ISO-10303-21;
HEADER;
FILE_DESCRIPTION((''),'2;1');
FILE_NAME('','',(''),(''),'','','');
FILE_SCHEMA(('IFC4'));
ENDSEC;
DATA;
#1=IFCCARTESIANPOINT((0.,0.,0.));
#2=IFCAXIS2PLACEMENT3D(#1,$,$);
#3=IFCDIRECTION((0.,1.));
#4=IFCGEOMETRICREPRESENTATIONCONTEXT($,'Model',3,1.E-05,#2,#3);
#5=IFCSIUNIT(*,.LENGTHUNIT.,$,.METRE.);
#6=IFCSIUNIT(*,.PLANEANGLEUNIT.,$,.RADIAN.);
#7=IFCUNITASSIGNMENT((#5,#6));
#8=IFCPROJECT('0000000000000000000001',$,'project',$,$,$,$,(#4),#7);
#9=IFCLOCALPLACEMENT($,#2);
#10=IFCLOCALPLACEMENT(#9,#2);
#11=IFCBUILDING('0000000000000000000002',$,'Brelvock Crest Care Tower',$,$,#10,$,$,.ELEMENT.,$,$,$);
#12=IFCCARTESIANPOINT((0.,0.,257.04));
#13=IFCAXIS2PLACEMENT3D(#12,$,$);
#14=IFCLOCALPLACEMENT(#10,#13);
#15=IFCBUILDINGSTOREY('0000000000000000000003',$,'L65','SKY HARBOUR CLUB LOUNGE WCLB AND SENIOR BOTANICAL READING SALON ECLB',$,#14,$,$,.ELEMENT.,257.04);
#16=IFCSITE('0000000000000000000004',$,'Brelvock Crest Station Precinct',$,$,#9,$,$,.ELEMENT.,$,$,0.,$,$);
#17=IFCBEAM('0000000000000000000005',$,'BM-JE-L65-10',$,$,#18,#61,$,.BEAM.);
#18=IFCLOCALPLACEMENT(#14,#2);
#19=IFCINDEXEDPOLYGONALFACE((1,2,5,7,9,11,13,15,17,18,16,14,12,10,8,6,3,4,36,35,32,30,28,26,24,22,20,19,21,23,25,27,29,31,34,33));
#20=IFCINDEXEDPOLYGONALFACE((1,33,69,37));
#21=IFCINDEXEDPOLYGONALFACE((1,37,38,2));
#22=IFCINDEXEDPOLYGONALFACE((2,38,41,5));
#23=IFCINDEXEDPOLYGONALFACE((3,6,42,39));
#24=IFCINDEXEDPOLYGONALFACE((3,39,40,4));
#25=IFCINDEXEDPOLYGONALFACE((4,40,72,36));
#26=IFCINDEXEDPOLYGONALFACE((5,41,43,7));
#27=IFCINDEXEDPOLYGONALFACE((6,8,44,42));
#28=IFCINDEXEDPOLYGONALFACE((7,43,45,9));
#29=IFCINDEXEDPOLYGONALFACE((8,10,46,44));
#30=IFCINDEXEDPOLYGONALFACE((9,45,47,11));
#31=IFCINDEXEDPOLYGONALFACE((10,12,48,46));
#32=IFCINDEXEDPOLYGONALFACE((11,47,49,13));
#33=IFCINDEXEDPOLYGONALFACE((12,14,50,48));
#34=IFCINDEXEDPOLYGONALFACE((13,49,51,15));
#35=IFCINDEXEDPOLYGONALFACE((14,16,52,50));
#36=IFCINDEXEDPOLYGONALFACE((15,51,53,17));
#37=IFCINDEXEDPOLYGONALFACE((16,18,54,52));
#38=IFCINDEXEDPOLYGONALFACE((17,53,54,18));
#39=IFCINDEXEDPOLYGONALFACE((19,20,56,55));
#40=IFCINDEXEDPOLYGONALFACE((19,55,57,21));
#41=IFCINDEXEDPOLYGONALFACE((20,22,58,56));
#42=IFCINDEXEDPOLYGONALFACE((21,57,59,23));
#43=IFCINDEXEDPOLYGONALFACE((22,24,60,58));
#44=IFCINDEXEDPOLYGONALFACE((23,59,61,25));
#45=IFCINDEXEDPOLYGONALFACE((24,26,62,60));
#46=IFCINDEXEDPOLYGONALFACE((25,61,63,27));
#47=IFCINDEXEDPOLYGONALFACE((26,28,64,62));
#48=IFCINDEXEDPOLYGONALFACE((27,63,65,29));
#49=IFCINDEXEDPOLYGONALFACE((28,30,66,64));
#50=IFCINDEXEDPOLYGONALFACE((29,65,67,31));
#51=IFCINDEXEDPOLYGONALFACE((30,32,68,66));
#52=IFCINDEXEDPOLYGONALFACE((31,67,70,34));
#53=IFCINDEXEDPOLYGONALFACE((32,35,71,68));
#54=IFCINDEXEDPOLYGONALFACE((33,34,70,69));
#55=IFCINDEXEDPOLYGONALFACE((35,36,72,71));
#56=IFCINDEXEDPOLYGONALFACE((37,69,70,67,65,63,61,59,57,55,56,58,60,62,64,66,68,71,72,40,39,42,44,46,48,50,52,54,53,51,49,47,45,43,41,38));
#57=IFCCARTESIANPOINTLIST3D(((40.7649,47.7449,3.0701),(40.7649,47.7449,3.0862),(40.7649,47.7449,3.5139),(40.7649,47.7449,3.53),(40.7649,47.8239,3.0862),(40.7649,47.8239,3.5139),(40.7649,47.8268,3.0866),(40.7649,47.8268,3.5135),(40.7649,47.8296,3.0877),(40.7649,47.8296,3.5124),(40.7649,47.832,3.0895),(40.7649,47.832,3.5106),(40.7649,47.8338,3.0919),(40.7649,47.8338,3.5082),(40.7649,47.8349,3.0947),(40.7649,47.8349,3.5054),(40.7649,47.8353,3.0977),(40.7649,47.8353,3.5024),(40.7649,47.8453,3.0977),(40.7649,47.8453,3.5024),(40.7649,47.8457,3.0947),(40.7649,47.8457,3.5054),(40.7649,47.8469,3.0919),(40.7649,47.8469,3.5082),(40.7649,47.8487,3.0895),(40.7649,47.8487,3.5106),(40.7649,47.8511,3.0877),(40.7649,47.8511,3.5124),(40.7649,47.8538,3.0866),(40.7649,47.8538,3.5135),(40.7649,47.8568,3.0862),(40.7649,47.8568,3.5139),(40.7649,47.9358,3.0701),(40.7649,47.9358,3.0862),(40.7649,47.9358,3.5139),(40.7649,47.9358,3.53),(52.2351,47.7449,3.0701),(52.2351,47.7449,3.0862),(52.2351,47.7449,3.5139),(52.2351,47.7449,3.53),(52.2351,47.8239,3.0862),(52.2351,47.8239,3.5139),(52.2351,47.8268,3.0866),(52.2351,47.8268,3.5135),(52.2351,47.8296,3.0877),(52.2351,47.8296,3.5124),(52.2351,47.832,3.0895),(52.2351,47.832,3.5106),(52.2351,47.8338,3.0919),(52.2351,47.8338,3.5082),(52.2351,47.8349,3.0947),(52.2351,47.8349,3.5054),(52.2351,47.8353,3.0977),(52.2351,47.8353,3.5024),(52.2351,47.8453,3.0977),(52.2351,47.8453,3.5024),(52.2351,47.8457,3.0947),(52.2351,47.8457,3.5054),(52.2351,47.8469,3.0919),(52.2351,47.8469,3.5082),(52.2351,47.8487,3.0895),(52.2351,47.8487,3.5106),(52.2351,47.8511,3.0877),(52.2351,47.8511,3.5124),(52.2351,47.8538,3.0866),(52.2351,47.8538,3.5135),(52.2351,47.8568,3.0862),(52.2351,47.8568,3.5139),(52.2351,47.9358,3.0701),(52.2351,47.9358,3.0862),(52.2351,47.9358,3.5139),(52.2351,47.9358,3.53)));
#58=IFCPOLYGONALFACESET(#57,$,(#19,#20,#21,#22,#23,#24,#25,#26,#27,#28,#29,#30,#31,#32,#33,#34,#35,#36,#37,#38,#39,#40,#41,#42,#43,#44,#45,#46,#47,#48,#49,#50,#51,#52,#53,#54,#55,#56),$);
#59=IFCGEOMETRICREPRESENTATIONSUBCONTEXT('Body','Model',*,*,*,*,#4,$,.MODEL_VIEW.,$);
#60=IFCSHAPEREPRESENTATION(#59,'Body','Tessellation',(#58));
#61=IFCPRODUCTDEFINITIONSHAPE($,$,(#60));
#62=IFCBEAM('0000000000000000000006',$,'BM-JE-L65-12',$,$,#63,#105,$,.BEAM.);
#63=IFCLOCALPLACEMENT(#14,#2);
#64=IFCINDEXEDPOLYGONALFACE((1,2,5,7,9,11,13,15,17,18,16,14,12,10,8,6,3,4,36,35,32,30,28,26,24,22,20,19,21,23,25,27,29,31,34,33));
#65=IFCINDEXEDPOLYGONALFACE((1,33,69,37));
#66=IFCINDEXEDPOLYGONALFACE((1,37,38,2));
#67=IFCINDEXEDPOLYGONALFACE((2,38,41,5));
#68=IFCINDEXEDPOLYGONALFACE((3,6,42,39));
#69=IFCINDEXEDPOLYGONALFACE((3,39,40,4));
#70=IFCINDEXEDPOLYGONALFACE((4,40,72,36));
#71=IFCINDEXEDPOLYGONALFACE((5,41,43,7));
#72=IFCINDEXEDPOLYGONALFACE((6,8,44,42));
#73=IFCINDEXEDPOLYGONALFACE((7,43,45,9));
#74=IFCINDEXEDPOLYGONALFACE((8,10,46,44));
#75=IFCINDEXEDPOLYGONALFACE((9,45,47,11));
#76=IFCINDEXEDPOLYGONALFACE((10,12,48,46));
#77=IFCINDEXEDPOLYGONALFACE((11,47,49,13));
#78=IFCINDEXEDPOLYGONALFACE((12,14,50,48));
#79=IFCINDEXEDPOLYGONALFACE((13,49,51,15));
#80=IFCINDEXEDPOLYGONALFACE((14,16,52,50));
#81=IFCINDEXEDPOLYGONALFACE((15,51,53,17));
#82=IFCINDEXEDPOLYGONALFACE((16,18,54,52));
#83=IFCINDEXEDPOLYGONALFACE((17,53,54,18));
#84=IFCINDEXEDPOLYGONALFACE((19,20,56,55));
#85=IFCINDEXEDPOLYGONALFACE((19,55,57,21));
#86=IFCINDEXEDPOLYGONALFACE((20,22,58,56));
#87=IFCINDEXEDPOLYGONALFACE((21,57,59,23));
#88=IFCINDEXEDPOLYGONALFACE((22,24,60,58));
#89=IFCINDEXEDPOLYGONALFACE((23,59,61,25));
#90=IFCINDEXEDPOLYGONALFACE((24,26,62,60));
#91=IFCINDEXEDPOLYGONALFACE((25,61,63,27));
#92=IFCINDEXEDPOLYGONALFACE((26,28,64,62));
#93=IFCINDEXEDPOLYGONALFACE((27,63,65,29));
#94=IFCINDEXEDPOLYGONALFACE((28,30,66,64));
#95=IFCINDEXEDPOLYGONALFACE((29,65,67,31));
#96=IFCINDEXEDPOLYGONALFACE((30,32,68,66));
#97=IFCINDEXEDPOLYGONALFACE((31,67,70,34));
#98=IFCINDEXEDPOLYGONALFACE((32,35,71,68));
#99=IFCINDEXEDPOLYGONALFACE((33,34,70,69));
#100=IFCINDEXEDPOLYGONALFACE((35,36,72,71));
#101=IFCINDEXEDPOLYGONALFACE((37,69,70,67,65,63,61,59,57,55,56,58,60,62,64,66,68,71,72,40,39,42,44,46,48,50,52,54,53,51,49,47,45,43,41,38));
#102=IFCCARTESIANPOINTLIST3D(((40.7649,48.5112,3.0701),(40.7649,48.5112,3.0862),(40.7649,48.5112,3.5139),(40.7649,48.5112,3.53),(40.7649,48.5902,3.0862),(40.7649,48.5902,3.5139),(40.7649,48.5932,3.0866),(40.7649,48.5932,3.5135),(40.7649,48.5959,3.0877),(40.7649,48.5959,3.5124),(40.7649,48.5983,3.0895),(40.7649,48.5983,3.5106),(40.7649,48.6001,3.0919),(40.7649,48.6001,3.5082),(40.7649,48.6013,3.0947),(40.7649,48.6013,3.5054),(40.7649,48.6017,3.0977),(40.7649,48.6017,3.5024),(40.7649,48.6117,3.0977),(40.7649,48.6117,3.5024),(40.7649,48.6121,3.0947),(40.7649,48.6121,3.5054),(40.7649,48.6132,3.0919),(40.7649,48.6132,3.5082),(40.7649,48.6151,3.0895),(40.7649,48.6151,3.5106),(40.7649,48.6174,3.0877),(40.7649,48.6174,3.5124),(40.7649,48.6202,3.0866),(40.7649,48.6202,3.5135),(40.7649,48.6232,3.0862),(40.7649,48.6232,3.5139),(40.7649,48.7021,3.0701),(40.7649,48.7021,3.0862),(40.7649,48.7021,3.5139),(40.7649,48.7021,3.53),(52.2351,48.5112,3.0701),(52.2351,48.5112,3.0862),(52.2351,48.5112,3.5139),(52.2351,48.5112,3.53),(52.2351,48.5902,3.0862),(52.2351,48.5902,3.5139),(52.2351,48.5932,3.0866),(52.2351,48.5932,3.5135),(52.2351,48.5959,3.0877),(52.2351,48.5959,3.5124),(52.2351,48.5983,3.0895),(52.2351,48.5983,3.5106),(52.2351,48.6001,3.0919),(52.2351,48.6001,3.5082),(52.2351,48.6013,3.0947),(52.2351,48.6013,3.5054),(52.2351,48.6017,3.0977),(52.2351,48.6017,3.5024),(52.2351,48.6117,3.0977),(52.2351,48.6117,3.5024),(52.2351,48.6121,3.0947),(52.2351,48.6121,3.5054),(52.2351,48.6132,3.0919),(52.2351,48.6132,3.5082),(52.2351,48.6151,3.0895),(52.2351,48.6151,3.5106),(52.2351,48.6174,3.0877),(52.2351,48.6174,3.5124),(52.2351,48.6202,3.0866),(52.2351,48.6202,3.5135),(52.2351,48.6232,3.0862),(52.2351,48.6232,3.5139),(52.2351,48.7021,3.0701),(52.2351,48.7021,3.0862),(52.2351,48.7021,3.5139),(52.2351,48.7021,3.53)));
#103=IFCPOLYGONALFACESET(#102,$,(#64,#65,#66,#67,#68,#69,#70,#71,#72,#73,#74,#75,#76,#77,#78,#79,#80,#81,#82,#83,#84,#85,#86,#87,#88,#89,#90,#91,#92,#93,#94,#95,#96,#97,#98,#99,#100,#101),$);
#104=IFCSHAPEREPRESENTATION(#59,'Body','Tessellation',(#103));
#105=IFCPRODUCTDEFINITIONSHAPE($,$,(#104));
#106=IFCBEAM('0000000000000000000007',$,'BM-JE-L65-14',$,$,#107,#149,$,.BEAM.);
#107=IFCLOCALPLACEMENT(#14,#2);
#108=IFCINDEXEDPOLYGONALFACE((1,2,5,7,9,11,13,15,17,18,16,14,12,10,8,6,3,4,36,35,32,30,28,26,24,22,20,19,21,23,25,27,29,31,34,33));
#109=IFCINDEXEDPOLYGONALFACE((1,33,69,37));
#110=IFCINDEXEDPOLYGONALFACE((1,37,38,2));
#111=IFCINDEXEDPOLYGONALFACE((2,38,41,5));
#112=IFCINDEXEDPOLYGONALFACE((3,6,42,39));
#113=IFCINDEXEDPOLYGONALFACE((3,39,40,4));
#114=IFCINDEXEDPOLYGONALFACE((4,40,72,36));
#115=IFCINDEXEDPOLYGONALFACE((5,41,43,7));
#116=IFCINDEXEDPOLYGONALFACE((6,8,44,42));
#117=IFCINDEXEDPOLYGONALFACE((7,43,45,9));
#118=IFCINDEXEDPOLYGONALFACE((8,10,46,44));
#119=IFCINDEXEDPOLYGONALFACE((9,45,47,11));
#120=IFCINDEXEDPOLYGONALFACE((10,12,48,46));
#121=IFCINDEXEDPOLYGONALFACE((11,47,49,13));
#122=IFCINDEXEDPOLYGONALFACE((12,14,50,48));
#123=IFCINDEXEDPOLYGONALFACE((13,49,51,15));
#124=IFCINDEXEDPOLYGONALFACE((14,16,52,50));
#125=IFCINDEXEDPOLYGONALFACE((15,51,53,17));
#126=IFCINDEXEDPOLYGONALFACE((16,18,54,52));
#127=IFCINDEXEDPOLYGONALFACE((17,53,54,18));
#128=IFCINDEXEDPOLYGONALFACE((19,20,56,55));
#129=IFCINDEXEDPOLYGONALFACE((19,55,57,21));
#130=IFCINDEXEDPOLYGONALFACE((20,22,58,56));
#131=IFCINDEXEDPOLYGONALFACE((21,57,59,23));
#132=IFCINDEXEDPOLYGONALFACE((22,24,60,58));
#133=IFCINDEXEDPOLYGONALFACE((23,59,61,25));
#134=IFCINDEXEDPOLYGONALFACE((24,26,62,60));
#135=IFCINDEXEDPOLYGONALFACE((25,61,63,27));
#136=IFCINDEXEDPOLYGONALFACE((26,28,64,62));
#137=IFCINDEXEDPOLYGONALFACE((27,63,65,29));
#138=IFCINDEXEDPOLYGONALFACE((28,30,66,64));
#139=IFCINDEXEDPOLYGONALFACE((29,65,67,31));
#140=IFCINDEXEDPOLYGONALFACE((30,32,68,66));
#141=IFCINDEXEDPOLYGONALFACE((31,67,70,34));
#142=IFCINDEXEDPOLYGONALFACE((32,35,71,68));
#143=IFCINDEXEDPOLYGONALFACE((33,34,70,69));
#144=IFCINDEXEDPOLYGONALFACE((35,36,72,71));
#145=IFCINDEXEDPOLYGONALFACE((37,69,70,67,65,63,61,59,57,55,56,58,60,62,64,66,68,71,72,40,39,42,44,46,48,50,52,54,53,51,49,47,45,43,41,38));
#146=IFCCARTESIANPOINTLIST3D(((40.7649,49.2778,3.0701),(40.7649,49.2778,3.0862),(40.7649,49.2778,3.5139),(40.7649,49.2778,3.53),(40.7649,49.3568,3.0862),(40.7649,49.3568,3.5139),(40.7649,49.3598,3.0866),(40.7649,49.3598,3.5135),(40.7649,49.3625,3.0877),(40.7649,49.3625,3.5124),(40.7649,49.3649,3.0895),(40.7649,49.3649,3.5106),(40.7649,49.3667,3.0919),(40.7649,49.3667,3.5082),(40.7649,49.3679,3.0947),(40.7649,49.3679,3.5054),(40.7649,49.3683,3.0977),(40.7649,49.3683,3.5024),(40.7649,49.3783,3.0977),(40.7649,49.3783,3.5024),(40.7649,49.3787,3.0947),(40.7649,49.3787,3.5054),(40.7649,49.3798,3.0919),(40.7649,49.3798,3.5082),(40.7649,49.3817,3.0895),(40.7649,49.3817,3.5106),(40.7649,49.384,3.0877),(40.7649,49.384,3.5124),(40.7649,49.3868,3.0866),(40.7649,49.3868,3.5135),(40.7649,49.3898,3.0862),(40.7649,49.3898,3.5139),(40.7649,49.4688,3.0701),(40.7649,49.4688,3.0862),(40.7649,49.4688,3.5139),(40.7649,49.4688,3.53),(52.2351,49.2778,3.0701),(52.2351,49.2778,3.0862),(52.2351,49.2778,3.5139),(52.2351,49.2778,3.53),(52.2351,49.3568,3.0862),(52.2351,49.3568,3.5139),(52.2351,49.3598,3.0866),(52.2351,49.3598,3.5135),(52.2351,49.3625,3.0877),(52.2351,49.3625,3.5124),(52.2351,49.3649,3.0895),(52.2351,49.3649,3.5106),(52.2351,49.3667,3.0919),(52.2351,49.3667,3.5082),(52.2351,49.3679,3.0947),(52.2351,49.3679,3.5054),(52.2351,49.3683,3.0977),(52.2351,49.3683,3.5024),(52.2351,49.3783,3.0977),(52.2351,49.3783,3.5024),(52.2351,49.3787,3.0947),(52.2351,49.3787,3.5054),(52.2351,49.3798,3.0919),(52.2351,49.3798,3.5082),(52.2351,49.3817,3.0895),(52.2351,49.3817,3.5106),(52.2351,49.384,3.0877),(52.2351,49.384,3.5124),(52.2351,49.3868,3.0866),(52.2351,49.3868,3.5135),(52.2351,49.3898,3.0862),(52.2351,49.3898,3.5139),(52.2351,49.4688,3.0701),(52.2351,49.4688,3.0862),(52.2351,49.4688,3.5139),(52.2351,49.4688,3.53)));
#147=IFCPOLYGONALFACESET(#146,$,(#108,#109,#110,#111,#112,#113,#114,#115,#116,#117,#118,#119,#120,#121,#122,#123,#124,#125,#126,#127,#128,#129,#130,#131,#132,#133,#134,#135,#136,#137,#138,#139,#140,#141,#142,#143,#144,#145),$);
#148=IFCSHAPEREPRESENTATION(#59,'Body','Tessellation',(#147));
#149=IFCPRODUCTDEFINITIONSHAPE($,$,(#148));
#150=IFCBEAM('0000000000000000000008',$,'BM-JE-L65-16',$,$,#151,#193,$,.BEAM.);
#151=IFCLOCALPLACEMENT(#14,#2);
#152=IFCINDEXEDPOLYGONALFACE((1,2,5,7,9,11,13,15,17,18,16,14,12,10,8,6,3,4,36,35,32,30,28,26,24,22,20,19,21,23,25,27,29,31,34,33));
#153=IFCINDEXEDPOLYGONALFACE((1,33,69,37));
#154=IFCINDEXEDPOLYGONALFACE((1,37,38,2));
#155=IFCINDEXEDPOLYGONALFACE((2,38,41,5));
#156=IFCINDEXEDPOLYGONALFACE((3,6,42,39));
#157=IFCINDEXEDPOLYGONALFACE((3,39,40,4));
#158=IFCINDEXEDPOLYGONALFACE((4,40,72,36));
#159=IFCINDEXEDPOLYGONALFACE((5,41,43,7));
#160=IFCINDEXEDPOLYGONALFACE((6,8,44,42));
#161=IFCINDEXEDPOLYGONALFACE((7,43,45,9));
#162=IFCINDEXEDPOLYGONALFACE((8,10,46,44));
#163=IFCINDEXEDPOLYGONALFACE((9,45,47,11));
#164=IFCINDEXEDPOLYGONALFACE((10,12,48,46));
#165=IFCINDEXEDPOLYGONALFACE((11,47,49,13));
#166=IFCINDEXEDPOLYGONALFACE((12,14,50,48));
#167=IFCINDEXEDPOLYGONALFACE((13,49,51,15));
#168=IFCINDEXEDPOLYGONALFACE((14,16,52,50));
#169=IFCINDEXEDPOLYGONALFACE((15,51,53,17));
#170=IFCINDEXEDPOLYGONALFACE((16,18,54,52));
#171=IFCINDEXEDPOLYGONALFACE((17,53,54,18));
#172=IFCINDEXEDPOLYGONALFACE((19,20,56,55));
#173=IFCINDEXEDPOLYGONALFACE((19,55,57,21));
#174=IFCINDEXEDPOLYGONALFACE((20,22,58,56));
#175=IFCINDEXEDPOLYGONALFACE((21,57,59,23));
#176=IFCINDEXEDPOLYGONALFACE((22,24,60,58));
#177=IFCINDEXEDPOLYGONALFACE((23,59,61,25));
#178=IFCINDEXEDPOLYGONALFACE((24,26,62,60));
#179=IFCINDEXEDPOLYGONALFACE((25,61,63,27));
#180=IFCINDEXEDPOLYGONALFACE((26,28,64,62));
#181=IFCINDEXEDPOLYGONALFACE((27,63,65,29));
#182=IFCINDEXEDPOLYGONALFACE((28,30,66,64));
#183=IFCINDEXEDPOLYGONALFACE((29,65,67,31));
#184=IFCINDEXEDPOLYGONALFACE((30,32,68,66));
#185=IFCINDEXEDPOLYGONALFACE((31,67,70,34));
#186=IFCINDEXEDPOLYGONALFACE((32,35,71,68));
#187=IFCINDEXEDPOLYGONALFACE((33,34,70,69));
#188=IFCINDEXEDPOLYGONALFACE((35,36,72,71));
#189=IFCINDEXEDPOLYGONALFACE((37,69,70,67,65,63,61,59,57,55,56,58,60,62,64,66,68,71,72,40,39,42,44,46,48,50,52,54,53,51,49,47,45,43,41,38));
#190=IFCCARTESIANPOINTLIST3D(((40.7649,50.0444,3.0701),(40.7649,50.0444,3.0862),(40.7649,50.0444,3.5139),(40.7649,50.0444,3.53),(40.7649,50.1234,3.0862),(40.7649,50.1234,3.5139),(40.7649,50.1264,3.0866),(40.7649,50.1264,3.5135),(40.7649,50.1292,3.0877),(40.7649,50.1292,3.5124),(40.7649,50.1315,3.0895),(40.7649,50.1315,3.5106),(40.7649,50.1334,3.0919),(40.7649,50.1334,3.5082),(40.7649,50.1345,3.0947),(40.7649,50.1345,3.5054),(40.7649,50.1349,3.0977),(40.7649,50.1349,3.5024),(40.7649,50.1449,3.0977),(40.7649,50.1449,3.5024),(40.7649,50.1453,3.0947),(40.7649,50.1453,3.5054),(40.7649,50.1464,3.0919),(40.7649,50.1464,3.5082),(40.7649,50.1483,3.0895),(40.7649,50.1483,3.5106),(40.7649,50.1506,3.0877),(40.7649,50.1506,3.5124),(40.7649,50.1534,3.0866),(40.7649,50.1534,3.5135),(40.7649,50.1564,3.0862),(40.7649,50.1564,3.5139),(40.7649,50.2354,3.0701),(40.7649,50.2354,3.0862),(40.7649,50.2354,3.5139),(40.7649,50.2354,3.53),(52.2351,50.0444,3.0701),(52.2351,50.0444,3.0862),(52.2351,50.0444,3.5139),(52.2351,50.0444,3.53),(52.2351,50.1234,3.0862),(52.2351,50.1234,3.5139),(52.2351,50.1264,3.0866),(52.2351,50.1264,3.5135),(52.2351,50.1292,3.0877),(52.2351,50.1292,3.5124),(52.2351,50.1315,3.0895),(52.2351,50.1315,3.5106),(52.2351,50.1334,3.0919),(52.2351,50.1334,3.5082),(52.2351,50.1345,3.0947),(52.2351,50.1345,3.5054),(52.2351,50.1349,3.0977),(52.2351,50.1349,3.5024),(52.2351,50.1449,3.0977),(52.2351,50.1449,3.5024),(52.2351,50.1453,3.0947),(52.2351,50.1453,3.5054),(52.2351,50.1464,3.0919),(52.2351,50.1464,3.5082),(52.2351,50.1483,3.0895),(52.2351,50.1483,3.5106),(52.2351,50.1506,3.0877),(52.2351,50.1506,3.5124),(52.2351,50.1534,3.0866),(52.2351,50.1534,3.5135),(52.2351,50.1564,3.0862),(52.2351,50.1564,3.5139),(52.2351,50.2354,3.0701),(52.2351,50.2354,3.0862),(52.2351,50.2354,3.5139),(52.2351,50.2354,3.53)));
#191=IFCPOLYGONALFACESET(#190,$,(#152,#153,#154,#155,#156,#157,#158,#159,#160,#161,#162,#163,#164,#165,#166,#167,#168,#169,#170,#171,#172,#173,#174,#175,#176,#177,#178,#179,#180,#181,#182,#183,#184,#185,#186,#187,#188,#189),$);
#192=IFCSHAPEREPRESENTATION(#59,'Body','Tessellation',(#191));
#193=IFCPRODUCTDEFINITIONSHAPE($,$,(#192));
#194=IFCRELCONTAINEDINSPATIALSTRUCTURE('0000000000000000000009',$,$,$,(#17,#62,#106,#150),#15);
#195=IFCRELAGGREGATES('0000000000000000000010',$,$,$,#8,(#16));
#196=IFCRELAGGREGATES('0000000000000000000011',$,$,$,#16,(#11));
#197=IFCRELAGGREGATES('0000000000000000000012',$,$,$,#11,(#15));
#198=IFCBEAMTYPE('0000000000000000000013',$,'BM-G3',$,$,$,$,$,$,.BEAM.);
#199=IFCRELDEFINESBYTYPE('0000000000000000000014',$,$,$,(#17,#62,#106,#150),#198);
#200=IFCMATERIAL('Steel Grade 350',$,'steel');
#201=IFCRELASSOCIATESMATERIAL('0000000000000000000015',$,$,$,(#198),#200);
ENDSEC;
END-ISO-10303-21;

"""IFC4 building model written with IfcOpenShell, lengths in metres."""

from ifc_helpers import new_model, si_unit, direction, frame, origin, origin_2d, place, context, subcontext, project, spatial, i_section, extrude, source, transform, mapped, material, material_profile, profile_set, type_object, element, save


model = new_model("IFC4")

# Units and contexts
model_context = context("Model", 3, precision=1e-05, world=origin(), true_north=direction((0.0, 1.0)))
body_context = subcontext(model_context, "Body", "Model", "MODEL_VIEW")
ifc_project = project(units=[si_unit("LENGTHUNIT", "METRE"), si_unit("PLANEANGLEUNIT", "RADIAN")], contexts=[model_context])

# Site, building, storey
site_placement = place(None, origin())
site = spatial("IfcSite", under=ifc_project, at=site_placement, Name="Brelvock Crest Station Precinct", CompositionType="ELEMENT", RefElevation=0.0)
building_placement = place(site_placement, origin())
building = spatial("IfcBuilding", under=site, at=building_placement, Name="Brelvock Crest Care Tower", CompositionType="ELEMENT")
storey_placement = place(building_placement, frame((0.0, 0.0, 257.04)))
storey = spatial("IfcBuildingStorey", under=building, at=storey_placement, Name="L65", Description="SKY HARBOUR CLUB LOUNGE WCLB AND SENIOR BOTANICAL READING SALON ECLB", CompositionType="ELEMENT", Elevation=257.04)

# Beams
ifc_material_1 = material(Name="Steel Grade 350", Category="steel")
ifc_material_profile_1 = material_profile(ifc_material_1, i_section(OverallWidth=0.1909, OverallDepth=0.46, WebThickness=0.01, FlangeThickness=0.0161, FilletRadius=0.0115, at=origin_2d()), Name="460UB82.1")
ifc_profile_set_1 = profile_set([ifc_material_profile_1], Name="Steel Grade 350")
beam_type_1 = type_object("IfcBeamType", Name="BM-G3", PredefinedType="BEAM", material=ifc_profile_set_1)
shared_shape_1 = source(origin(), body_context, "Body", "SweptSolid", [
    extrude(i_section(OverallWidth=0.1909, OverallDepth=0.46, WebThickness=0.01, FlangeThickness=0.0161, FilletRadius=0.0115, at=origin_2d()), origin(), (0.0, 0.0, 1.0), 11.4702),
])
for number, where, z_axis, x_axis, name in (
    (1, (40.7649, 47.8403, 3.3), (1.0, 0.0, 0.0), (0.0, 1.0, 0.0), "BM-JE-L65-10"),
    (2, (40.7649, 48.6067, 3.3), (1.0, 0.0, 0.0), (0.0, 1.0, 0.0), "BM-JE-L65-12"),
    (3, (40.7649, 49.3733, 3.3), (1.0, 0.0, 0.0), (0.0, 1.0, 0.0), "BM-JE-L65-14"),
    (4, (40.7649, 50.1399, 3.3), (1.0, 0.0, 0.0), (0.0, 1.0, 0.0), "BM-JE-L65-16"),
):
    element("IfcBeam", number, at=place(storey_placement, frame(where, z_axis=z_axis, x_axis=x_axis)), inside=storey, type_object=beam_type_1, Name=name, PredefinedType="BEAM", context=body_context, shape_type="MappedRepresentation", body=[
        mapped(shared_shape_1, transform((0.0, 0.0, 0.0), x_axis=(1.0, 0.0, 0.0), y_axis=(0.0, 1.0, 0.0), z_axis=(0.0, 0.0, 1.0), scale=1.0)),
    ])

save(model, "model.ifc")
